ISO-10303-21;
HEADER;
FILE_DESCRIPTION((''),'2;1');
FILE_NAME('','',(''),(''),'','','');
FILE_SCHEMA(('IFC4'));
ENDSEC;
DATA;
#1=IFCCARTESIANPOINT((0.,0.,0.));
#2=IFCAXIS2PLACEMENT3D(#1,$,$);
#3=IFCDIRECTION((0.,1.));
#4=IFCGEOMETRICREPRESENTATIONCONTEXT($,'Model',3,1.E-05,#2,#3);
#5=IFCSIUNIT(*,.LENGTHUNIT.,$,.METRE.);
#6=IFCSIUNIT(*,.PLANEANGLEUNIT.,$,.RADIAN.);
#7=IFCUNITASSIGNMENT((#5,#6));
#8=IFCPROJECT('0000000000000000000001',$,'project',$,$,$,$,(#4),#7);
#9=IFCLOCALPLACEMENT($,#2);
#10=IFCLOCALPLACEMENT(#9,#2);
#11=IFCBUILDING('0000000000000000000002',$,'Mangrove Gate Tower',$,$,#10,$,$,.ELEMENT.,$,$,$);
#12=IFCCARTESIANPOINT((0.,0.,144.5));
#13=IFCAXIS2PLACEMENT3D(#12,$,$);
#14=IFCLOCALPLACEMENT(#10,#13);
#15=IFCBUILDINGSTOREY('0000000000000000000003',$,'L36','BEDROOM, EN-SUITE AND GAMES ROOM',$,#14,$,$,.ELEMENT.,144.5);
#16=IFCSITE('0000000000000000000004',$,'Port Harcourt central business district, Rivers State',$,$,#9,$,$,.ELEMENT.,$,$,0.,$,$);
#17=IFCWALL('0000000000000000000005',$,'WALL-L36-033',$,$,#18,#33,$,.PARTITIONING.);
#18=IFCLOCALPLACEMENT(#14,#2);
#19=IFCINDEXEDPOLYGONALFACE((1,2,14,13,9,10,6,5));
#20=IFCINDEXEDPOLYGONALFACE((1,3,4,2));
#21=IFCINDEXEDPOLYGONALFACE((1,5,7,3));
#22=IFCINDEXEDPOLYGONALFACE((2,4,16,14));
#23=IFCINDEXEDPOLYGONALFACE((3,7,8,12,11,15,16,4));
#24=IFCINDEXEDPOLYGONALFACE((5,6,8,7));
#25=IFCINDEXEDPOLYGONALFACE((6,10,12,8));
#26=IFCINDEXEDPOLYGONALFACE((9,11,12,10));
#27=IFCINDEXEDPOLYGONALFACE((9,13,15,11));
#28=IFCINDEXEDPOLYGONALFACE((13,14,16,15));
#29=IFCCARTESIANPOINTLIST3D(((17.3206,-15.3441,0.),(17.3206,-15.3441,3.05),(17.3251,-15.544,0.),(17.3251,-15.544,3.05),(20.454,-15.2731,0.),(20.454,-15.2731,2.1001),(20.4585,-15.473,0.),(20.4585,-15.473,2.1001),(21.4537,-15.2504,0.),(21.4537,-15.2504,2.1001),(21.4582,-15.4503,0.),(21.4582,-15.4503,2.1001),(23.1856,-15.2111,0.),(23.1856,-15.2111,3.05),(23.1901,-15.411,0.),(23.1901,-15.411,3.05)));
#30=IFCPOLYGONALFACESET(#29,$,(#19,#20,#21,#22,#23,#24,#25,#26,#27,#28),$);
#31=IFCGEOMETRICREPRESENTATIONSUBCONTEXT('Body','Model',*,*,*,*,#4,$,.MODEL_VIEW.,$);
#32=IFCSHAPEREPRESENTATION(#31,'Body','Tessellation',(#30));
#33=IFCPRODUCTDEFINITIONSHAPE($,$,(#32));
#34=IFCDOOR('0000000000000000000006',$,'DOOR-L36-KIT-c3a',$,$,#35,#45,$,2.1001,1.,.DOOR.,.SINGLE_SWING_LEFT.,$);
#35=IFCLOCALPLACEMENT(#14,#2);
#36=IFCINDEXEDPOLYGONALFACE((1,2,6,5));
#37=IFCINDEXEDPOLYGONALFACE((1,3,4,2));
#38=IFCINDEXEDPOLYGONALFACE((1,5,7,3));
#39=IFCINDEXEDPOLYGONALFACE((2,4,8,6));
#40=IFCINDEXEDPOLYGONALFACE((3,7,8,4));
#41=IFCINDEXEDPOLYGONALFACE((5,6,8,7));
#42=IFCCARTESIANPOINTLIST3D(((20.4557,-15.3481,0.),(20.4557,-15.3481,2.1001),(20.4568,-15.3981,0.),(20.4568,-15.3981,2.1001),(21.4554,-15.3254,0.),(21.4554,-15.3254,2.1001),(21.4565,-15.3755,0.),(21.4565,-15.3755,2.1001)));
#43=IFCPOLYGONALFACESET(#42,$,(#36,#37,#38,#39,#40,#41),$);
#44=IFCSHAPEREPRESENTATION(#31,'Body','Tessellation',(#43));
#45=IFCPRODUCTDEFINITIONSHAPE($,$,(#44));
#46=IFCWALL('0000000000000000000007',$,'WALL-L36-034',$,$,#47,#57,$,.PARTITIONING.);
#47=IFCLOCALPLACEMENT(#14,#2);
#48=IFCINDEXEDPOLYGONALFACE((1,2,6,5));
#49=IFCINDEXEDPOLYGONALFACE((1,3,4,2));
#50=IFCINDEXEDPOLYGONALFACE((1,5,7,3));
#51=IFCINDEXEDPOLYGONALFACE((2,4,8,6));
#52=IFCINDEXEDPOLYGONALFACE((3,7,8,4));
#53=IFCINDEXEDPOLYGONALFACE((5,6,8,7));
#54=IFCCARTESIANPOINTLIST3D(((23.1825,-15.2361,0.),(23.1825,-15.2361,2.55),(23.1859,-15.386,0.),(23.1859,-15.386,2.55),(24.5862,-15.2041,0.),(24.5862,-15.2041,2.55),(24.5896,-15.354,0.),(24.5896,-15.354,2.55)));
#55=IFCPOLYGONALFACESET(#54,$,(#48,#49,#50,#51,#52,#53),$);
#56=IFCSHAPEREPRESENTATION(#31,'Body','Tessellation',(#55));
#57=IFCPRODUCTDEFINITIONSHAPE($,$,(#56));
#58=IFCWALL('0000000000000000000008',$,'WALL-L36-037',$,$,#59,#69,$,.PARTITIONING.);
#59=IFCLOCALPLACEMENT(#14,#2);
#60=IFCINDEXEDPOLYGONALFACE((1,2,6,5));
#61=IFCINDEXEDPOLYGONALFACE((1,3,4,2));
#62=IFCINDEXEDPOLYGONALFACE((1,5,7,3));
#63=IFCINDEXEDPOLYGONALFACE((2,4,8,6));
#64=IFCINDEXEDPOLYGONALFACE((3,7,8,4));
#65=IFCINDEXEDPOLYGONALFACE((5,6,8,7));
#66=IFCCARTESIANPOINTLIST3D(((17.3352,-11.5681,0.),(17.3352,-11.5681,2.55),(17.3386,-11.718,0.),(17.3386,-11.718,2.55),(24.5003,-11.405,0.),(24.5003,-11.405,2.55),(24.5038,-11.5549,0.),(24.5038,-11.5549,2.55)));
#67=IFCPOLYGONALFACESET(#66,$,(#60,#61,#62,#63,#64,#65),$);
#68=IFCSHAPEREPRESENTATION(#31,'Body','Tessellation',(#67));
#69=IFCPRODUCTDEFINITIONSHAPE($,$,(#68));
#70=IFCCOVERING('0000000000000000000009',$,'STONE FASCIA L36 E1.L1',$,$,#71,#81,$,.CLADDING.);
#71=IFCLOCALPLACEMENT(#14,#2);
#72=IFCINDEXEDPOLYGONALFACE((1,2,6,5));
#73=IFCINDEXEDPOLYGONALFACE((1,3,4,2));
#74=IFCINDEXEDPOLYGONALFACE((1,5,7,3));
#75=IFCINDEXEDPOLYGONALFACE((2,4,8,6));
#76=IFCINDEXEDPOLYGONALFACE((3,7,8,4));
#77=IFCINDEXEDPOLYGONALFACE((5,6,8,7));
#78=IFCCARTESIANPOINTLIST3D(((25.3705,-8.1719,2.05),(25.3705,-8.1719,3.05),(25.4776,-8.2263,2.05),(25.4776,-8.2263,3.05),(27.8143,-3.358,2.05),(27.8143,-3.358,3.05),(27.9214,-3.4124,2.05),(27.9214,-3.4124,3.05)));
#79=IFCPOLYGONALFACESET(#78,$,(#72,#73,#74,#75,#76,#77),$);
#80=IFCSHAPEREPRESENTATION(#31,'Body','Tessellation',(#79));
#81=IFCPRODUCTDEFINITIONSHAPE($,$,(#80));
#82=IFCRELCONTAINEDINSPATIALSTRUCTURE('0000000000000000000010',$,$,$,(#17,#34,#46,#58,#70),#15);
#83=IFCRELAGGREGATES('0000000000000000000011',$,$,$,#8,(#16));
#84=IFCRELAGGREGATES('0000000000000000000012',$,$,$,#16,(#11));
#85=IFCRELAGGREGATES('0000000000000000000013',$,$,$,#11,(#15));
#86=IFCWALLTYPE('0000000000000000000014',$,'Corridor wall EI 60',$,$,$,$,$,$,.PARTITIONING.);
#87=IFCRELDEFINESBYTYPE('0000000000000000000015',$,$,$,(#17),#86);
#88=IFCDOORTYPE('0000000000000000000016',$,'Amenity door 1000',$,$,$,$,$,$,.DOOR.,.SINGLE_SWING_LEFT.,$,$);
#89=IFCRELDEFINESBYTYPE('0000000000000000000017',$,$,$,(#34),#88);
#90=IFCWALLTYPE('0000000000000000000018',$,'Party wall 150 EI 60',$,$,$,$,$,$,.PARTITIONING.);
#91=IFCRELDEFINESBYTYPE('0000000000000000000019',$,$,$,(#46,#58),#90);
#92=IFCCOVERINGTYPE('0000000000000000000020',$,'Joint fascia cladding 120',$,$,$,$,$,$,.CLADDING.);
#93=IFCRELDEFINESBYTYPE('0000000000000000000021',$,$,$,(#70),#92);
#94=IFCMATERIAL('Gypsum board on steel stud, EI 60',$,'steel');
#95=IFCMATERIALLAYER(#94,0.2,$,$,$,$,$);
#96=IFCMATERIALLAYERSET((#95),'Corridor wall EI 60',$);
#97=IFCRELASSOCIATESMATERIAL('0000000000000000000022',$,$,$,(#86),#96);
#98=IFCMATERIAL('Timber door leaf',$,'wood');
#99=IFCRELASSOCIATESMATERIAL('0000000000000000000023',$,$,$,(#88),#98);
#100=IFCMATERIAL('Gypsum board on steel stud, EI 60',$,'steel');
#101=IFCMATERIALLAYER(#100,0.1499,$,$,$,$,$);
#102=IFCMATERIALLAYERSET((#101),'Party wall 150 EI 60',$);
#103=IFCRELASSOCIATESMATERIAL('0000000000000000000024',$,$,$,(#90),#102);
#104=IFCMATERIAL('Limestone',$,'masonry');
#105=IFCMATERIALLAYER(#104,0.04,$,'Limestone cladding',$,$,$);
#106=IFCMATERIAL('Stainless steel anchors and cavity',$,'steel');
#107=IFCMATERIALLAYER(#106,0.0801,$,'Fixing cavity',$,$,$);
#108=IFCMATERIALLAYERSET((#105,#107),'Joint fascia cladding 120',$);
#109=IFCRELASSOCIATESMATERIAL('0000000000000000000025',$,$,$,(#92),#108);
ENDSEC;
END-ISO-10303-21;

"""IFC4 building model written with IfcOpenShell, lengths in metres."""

from ifc_helpers import new_model, si_unit, direction, frame, frame_2d, origin, place, context, subcontext, project, spatial, rectangle, extrude, material, layer, layer_set, type_object, element, fill, save


model = new_model("IFC4")

# Units and contexts
model_context = context("Model", 3, precision=1e-05, world=origin(), true_north=direction((0.0, 1.0)))
body_context = subcontext(model_context, "Body", "Model", "MODEL_VIEW")
ifc_project = project(units=[si_unit("LENGTHUNIT", "METRE"), si_unit("PLANEANGLEUNIT", "RADIAN")], contexts=[model_context])

# Site, building, storey
site_placement = place(None, origin())
site = spatial("IfcSite", under=ifc_project, at=site_placement, Name="Port Harcourt central business district, Rivers State", CompositionType="ELEMENT", RefElevation=0.0)
building_placement = place(site_placement, origin())
building = spatial("IfcBuilding", under=site, at=building_placement, Name="Mangrove Gate Tower", CompositionType="ELEMENT")
storey_placement = place(building_placement, frame((0.0, 0.0, 144.5)))
storey = spatial("IfcBuildingStorey", under=building, at=storey_placement, Name="L36", Description="BEDROOM, EN-SUITE AND GAMES ROOM", CompositionType="ELEMENT", Elevation=144.5)

# Wall, opening, door
ifc_material_1 = material(Name="Gypsum board on steel stud, EI 60", Category="steel")
ifc_layer_1 = layer(ifc_material_1, 0.2)
ifc_layer_set_1 = layer_set([ifc_layer_1], Name="Corridor wall EI 60")
wall_type_1 = type_object("IfcWallType", Name="Corridor wall EI 60", PredefinedType="PARTITIONING", material=ifc_layer_set_1)
wall_1_placement = place(storey_placement, frame((17.323, -15.4441, 0.0), z_axis=(0.0, 0.0, 1.0), x_axis=(0.999743, 0.022681, 0.0)))
wall_1 = element("IfcWall", 1, at=wall_1_placement, inside=storey, type_object=wall_type_1, Name="WALL-L36-033", PredefinedType="PARTITIONING", context=body_context, shape_type="SweptSolid", body=[
    extrude(rectangle(XDim=5.8665, YDim=0.2, at=frame_2d((2.9331, 0.0))), origin(), (0.0, 0.0, 1.0), 3.05),
])
opening_1_placement = place(wall_1_placement, frame((3.134, 0.0, 0.0)))
opening_1 = element("IfcOpeningElement", 2, at=opening_1_placement, cuts=wall_1, PredefinedType="OPENING", context=body_context, shape_type="SweptSolid", body=[
    extrude(rectangle(XDim=1.0, YDim=2.1001, at=frame_2d((0.5, 1.05))), frame((0.0, 0.1099, 0.0), z_axis=(0.0, -1.0, 0.0), x_axis=(1.0, 0.0, 0.0)), (0.0, 0.0, 1.0), 0.22),
])
ifc_material_2 = material(Name="Timber door leaf", Category="wood")
door_type_1 = type_object("IfcDoorType", Name="Amenity door 1000", OperationType="SINGLE_SWING_LEFT", PredefinedType="DOOR", material=ifc_material_2)
door_1_placement = place(opening_1_placement, origin())
door_1 = element("IfcDoor", 3, at=door_1_placement, inside=storey, type_object=door_type_1, Name="DOOR-L36-KIT-c3a", OperationType="SINGLE_SWING_LEFT", OverallHeight=2.1001, OverallWidth=1.0, PredefinedType="DOOR", context=body_context, shape_type="SweptSolid", body=[
    extrude(rectangle(XDim=1.0, YDim=2.1001, at=frame_2d((0.5, 1.05))), frame((0.0, 0.0249, 0.0), z_axis=(0.0, -1.0, 0.0), x_axis=(1.0, 0.0, 0.0)), (0.0, 0.0, 1.0), 0.05),
])
fill(opening_1, door_1)

# Walls
ifc_material_3 = material(Name="Gypsum board on steel stud, EI 60", Category="steel")
ifc_layer_2 = layer(ifc_material_3, 0.1499)
ifc_layer_set_2 = layer_set([ifc_layer_2], Name="Party wall 150 EI 60")
wall_type_2 = type_object("IfcWallType", Name="Party wall 150 EI 60", PredefinedType="PARTITIONING", material=ifc_layer_set_2)
wall_2_placement = place(storey_placement, frame((23.1841, -15.311, 0.0), z_axis=(0.0, 0.0, 1.0), x_axis=(0.999741, 0.022777, 0.0)))
element("IfcWall", 4, at=wall_2_placement, inside=storey, type_object=wall_type_2, Name="WALL-L36-034", PredefinedType="PARTITIONING", context=body_context, shape_type="SweptSolid", body=[
    extrude(rectangle(XDim=1.4041, YDim=0.1499, at=frame_2d((0.7021, 0.0))), origin(), (0.0, 0.0, 1.0), 2.55),
])
wall_3_placement = place(storey_placement, frame((17.3369, -11.6431, 0.0), z_axis=(0.0, 0.0, 1.0), x_axis=(0.999741, 0.022755, 0.0)))
element("IfcWall", 5, at=wall_3_placement, inside=storey, type_object=wall_type_2, Name="WALL-L36-037", PredefinedType="PARTITIONING", context=body_context, shape_type="SweptSolid", body=[
    extrude(rectangle(XDim=7.167, YDim=0.1499, at=frame_2d((3.5835, 0.0))), origin(), (0.0, 0.0, 1.0), 2.55),
])

# Covering
ifc_material_4 = material(Name="Limestone", Category="masonry")
ifc_layer_3 = layer(ifc_material_4, 0.04, Name="Limestone cladding")
ifc_material_5 = material(Name="Stainless steel anchors and cavity", Category="steel")
ifc_layer_4 = layer(ifc_material_5, 0.0801, Name="Fixing cavity")
ifc_layer_set_3 = layer_set([ifc_layer_3, ifc_layer_4], Name="Joint fascia cladding 120")
covering_type = type_object("IfcCoveringType", Name="Joint fascia cladding 120", PredefinedType="CLADDING", material=ifc_layer_set_3)
covering_placement = place(storey_placement, frame((25.4241, -8.199, 2.05), z_axis=(0.0, 0.0, 1.0), x_axis=(0.452668, 0.891679, 0.0)))
element("IfcCovering", 6, at=covering_placement, inside=storey, type_object=covering_type, Name="STONE FASCIA L36 E1.L1", PredefinedType="CLADDING", context=body_context, shape_type="SweptSolid", body=[
    extrude(rectangle(XDim=5.3987, YDim=0.1201, at=frame_2d((2.6992, 0.0))), origin(), (0.0, 0.0, 1.0), 1.0),
])

save(model, "model.ifc")
